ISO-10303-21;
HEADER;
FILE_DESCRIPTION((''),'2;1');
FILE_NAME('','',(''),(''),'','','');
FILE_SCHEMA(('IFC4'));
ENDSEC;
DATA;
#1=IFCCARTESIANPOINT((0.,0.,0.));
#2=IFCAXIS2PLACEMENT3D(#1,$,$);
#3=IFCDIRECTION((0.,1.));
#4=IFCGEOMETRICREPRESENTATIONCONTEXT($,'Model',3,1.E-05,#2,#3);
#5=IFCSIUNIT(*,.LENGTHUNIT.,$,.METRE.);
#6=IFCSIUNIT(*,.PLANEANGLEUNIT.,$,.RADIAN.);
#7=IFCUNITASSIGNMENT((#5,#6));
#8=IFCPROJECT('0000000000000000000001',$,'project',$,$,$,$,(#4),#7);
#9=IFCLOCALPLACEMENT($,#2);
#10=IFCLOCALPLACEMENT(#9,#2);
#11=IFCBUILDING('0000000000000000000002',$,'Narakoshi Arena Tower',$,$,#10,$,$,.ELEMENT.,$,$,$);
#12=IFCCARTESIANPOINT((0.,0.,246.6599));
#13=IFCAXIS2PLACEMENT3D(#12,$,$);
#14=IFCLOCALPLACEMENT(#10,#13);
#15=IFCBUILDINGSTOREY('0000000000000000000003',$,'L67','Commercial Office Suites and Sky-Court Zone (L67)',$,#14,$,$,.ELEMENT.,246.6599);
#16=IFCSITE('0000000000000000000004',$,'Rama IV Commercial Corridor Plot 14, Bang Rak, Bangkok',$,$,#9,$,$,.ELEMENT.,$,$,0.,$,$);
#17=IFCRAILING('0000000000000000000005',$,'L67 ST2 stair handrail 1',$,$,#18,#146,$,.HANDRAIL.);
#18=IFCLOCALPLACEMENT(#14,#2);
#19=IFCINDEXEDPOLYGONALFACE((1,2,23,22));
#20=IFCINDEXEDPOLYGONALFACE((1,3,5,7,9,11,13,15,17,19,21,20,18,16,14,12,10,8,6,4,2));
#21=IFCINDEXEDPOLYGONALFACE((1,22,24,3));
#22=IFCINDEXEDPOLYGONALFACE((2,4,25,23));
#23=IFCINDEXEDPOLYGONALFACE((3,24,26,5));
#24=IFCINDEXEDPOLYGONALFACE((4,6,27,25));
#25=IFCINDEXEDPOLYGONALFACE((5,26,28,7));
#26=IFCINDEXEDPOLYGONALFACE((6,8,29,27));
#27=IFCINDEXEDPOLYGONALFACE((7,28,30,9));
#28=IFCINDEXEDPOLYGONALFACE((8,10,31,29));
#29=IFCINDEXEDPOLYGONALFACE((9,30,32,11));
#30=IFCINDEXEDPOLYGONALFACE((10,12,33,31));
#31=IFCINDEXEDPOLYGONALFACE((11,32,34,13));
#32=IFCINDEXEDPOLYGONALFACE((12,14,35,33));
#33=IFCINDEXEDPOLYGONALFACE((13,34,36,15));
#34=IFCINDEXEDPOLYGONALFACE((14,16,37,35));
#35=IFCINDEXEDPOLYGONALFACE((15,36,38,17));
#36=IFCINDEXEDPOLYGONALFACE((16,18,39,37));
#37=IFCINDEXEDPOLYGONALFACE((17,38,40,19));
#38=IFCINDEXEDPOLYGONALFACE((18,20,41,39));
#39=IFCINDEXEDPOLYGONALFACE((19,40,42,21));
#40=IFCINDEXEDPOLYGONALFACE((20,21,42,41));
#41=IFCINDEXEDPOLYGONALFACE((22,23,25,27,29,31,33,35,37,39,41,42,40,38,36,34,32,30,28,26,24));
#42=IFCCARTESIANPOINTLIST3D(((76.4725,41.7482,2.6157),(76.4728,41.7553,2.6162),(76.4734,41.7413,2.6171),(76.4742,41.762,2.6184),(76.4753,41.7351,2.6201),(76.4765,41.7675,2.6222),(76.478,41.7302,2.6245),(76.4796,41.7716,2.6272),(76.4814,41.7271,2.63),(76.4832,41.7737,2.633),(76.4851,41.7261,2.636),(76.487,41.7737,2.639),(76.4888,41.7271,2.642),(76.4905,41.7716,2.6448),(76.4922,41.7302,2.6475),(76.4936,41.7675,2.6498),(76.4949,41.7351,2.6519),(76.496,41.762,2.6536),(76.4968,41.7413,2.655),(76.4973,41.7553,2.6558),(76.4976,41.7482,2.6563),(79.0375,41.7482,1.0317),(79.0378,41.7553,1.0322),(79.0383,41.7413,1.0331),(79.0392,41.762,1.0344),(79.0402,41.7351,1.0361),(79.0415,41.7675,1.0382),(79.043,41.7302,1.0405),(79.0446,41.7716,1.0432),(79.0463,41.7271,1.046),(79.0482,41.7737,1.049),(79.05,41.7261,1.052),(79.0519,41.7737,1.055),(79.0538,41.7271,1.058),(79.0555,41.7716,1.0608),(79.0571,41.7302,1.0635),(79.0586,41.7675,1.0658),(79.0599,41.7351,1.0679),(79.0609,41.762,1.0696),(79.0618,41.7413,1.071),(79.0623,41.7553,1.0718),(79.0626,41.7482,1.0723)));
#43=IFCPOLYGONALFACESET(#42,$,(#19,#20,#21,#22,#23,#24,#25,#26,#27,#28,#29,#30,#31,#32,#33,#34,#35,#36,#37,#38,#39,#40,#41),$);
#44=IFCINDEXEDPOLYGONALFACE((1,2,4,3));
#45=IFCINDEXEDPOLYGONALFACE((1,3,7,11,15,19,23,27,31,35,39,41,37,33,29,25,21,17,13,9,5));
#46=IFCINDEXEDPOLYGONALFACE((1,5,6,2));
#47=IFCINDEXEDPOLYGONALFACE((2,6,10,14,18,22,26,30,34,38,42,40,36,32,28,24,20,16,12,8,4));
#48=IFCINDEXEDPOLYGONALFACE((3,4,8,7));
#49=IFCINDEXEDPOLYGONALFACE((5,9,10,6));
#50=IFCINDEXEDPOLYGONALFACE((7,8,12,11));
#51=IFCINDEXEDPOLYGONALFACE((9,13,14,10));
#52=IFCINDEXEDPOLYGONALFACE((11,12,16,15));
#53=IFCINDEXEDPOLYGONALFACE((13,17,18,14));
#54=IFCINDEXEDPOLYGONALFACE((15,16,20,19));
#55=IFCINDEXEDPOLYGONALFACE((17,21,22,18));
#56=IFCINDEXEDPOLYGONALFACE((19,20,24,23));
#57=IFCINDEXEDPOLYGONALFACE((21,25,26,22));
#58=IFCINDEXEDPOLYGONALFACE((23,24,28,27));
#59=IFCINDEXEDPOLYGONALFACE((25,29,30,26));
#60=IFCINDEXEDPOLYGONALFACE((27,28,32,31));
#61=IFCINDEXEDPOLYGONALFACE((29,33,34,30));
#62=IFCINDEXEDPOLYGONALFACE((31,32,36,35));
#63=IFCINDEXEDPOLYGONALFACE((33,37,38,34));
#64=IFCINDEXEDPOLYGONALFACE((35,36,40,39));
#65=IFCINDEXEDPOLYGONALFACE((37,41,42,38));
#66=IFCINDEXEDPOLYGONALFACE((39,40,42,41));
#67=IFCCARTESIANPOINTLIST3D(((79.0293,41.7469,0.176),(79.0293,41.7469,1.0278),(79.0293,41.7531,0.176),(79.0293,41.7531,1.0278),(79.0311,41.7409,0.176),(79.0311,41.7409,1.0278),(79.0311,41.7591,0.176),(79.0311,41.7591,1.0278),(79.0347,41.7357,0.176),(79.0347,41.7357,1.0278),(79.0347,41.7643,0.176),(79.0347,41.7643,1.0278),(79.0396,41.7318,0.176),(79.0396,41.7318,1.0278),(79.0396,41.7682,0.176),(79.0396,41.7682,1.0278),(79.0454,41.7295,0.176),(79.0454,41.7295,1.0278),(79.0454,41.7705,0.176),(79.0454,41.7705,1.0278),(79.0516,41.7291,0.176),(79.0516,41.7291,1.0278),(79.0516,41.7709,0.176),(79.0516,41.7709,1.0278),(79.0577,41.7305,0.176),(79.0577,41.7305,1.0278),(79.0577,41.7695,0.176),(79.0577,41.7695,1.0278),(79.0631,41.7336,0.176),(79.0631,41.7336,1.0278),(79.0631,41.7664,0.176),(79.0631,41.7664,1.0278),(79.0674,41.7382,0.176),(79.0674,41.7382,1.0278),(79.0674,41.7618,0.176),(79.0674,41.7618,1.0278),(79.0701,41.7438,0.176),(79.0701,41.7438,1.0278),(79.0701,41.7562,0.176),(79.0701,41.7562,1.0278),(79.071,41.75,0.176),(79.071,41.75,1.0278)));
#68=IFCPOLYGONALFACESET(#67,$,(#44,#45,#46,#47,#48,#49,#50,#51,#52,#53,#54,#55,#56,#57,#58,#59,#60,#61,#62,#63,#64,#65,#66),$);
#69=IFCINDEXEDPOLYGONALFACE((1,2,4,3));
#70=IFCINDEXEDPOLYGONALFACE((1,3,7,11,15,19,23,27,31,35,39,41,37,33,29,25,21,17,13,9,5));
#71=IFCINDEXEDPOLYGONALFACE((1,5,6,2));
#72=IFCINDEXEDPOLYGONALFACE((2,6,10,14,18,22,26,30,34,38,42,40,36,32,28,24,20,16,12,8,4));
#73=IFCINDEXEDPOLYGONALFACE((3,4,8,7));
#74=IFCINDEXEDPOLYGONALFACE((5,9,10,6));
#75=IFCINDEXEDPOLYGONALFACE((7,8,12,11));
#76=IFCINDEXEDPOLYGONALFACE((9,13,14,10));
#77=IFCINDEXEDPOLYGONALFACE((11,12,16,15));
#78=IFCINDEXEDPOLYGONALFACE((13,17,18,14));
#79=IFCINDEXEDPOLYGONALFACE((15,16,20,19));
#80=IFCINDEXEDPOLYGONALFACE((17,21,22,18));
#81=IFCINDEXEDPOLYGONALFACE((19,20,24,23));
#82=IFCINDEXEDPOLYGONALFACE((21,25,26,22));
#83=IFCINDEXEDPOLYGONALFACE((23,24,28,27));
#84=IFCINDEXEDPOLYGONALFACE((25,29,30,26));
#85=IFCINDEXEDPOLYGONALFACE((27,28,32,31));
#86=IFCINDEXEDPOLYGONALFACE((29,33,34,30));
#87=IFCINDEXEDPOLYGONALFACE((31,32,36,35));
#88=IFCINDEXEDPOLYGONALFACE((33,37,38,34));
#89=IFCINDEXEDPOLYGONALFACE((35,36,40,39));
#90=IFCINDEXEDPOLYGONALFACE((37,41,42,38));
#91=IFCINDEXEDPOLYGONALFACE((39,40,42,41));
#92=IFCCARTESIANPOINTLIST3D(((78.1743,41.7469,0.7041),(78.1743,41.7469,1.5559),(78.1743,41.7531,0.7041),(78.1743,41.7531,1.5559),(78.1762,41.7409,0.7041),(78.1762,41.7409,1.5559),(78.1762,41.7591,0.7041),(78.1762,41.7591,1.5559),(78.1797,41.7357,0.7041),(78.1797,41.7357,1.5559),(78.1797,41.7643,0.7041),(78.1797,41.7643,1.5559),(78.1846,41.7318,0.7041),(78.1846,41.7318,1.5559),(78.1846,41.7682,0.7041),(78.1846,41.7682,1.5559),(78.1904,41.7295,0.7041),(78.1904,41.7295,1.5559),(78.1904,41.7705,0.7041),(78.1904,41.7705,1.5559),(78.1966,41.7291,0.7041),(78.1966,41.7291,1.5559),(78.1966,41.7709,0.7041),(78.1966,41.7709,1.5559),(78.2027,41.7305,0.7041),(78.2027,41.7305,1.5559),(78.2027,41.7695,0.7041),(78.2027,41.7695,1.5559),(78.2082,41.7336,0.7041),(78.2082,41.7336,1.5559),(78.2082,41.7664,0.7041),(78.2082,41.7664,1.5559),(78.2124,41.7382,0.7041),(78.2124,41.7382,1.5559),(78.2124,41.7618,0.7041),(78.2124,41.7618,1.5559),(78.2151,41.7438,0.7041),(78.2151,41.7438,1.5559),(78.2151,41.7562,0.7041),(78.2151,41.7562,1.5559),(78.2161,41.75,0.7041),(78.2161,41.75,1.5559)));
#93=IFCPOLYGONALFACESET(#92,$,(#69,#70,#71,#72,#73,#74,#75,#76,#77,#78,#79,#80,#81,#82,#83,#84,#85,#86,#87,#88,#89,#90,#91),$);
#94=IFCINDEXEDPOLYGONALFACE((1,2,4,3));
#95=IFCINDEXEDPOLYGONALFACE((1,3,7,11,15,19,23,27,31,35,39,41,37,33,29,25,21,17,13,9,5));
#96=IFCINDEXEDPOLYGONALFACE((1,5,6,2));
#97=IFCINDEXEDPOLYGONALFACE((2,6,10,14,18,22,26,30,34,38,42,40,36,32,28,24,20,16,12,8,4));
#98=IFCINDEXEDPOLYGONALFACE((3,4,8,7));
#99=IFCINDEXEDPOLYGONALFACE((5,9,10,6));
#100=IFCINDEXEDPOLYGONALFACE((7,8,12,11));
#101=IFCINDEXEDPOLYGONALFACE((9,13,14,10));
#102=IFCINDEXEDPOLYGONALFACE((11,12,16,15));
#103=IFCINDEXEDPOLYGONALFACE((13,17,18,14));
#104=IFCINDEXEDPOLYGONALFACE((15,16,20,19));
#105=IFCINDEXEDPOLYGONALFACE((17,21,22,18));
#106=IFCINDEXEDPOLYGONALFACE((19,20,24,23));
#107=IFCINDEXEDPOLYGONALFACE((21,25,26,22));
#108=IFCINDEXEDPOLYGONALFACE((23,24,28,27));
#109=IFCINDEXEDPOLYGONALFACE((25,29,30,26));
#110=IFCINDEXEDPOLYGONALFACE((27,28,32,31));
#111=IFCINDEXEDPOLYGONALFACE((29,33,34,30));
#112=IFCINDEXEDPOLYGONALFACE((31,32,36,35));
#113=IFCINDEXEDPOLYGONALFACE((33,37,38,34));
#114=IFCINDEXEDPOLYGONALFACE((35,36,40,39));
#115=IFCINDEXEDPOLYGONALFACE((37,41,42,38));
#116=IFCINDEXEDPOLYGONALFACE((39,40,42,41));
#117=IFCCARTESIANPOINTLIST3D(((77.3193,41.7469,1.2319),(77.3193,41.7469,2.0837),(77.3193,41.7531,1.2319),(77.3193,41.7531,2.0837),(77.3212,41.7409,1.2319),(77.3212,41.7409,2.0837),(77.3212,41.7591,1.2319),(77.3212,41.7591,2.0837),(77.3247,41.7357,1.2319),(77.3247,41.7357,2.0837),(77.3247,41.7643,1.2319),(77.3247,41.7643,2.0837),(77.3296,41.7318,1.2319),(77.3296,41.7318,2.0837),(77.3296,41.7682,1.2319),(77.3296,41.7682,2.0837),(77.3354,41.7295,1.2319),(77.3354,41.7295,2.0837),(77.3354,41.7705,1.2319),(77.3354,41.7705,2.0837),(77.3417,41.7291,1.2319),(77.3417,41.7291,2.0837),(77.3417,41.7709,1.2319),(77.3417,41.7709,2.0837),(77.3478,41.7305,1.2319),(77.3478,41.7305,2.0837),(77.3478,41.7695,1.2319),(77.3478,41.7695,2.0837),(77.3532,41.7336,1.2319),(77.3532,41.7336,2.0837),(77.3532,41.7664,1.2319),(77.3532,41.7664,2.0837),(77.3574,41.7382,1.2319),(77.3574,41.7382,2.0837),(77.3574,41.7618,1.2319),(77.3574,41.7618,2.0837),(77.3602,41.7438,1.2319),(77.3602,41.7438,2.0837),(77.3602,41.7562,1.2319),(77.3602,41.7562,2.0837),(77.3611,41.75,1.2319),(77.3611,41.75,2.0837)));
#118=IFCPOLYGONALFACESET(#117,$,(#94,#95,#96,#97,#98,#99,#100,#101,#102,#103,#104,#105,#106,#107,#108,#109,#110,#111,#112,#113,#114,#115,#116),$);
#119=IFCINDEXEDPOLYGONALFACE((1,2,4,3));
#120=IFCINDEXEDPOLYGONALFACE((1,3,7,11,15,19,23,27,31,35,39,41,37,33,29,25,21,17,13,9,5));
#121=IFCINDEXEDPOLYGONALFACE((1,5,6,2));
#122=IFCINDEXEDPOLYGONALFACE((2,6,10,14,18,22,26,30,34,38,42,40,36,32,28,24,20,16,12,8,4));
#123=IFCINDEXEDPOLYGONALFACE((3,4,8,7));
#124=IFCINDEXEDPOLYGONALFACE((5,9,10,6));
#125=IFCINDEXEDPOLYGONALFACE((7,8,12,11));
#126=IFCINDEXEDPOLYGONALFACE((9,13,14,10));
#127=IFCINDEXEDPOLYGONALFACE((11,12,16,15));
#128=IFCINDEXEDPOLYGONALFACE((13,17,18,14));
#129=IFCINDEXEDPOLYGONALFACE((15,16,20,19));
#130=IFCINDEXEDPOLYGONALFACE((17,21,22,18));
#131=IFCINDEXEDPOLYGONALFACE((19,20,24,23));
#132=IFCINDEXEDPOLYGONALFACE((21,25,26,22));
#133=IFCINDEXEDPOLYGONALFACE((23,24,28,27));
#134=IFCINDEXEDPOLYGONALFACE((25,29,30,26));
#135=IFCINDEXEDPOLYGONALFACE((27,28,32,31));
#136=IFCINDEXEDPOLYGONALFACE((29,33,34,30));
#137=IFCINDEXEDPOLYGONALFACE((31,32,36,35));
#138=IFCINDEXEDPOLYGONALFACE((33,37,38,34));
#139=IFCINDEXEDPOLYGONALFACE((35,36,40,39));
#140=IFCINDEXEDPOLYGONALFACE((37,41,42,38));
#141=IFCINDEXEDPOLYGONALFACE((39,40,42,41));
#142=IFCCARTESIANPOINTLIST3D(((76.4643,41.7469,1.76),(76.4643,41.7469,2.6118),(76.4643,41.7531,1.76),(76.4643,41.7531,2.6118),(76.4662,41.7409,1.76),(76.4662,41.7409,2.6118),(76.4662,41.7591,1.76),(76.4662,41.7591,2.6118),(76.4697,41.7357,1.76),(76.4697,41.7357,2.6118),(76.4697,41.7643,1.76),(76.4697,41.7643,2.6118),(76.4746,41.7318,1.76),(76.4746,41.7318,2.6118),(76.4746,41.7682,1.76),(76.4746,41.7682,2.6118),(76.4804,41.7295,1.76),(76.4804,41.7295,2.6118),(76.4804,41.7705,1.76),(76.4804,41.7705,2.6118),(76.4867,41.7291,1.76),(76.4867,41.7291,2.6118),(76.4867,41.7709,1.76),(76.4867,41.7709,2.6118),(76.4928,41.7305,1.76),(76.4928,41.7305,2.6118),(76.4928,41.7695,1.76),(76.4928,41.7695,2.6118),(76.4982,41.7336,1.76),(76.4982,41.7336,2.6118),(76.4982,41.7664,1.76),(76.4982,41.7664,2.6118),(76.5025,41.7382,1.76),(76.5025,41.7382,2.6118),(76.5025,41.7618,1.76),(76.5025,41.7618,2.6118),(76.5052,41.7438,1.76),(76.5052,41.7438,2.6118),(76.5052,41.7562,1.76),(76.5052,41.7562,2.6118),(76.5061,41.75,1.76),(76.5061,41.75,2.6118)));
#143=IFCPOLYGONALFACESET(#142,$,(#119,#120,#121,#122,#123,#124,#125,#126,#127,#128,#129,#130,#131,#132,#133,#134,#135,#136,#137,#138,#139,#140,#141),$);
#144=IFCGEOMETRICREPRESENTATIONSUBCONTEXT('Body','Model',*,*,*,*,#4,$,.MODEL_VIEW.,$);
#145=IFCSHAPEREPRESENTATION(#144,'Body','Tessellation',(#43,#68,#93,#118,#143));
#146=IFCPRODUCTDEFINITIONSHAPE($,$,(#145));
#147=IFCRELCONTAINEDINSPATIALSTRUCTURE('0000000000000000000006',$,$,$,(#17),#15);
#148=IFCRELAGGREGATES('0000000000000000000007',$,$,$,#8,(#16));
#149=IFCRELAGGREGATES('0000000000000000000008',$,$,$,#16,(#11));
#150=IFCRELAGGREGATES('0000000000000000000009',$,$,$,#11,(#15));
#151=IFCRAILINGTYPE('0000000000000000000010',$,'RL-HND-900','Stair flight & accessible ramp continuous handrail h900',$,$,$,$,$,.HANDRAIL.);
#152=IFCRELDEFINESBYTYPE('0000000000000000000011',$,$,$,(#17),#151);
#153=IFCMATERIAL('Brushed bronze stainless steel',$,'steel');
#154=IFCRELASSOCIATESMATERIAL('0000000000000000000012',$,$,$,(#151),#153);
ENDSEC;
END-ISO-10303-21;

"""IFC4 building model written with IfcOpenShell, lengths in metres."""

from ifc_helpers import new_model, si_unit, direction, frame, origin, origin_2d, place, context, subcontext, project, spatial, circle, extrude, material, type_object, element, save


model = new_model("IFC4")

# Units and contexts
model_context = context("Model", 3, precision=1e-05, world=origin(), true_north=direction((0.0, 1.0)))
body_context = subcontext(model_context, "Body", "Model", "MODEL_VIEW")
ifc_project = project(units=[si_unit("LENGTHUNIT", "METRE"), si_unit("PLANEANGLEUNIT", "RADIAN")], contexts=[model_context])

# Site, building, storey
site_placement = place(None, origin())
site = spatial("IfcSite", under=ifc_project, at=site_placement, Name="Rama IV Commercial Corridor Plot 14, Bang Rak, Bangkok", CompositionType="ELEMENT", RefElevation=0.0)
building_placement = place(site_placement, origin())
building = spatial("IfcBuilding", under=site, at=building_placement, Name="Narakoshi Arena Tower", CompositionType="ELEMENT")
storey_placement = place(building_placement, frame((0.0, 0.0, 246.6599)))
storey = spatial("IfcBuildingStorey", under=building, at=storey_placement, Name="L67", Description="Commercial Office Suites and Sky-Court Zone (L67)", CompositionType="ELEMENT", Elevation=246.6599)

# Railing
ifc_material_1 = material(Name="Brushed bronze stainless steel", Category="steel")
railing_type_1 = type_object("IfcRailingType", Name="RL-HND-900", Description="Stair flight & accessible ramp continuous handrail h900", PredefinedType="HANDRAIL", material=ifc_material_1)
railing_1_placement = place(storey_placement, frame((79.05, 41.75, 0.176)))
element("IfcRailing", 1, at=railing_1_placement, inside=storey, type_object=railing_type_1, Name="L67 ST2 stair handrail 1", PredefinedType="HANDRAIL", context=body_context, shape_type="SweptSolid", body=[
    extrude(circle(Radius=0.0239, at=origin_2d()), frame((0.0, 0.0, 0.876), z_axis=(-0.850834, 0.0, 0.525434), x_axis=(0.0, -1.0, 0.0)), (0.0, 0.0, 1.0), 3.0146),
    extrude(circle(Radius=0.021, at=origin_2d()), origin(), (0.0, 0.0, 1.0), 0.8518),
    extrude(circle(Radius=0.021, at=origin_2d()), frame((-0.855, 0.0, 0.5281)), (0.0, 0.0, 1.0), 0.8518),
    extrude(circle(Radius=0.021, at=origin_2d()), frame((-1.71, 0.0, 1.0559)), (0.0, 0.0, 1.0), 0.8518),
    extrude(circle(Radius=0.021, at=origin_2d()), frame((-2.5649, 0.0, 1.584)), (0.0, 0.0, 1.0), 0.8518),
])

save(model, "model.ifc")
